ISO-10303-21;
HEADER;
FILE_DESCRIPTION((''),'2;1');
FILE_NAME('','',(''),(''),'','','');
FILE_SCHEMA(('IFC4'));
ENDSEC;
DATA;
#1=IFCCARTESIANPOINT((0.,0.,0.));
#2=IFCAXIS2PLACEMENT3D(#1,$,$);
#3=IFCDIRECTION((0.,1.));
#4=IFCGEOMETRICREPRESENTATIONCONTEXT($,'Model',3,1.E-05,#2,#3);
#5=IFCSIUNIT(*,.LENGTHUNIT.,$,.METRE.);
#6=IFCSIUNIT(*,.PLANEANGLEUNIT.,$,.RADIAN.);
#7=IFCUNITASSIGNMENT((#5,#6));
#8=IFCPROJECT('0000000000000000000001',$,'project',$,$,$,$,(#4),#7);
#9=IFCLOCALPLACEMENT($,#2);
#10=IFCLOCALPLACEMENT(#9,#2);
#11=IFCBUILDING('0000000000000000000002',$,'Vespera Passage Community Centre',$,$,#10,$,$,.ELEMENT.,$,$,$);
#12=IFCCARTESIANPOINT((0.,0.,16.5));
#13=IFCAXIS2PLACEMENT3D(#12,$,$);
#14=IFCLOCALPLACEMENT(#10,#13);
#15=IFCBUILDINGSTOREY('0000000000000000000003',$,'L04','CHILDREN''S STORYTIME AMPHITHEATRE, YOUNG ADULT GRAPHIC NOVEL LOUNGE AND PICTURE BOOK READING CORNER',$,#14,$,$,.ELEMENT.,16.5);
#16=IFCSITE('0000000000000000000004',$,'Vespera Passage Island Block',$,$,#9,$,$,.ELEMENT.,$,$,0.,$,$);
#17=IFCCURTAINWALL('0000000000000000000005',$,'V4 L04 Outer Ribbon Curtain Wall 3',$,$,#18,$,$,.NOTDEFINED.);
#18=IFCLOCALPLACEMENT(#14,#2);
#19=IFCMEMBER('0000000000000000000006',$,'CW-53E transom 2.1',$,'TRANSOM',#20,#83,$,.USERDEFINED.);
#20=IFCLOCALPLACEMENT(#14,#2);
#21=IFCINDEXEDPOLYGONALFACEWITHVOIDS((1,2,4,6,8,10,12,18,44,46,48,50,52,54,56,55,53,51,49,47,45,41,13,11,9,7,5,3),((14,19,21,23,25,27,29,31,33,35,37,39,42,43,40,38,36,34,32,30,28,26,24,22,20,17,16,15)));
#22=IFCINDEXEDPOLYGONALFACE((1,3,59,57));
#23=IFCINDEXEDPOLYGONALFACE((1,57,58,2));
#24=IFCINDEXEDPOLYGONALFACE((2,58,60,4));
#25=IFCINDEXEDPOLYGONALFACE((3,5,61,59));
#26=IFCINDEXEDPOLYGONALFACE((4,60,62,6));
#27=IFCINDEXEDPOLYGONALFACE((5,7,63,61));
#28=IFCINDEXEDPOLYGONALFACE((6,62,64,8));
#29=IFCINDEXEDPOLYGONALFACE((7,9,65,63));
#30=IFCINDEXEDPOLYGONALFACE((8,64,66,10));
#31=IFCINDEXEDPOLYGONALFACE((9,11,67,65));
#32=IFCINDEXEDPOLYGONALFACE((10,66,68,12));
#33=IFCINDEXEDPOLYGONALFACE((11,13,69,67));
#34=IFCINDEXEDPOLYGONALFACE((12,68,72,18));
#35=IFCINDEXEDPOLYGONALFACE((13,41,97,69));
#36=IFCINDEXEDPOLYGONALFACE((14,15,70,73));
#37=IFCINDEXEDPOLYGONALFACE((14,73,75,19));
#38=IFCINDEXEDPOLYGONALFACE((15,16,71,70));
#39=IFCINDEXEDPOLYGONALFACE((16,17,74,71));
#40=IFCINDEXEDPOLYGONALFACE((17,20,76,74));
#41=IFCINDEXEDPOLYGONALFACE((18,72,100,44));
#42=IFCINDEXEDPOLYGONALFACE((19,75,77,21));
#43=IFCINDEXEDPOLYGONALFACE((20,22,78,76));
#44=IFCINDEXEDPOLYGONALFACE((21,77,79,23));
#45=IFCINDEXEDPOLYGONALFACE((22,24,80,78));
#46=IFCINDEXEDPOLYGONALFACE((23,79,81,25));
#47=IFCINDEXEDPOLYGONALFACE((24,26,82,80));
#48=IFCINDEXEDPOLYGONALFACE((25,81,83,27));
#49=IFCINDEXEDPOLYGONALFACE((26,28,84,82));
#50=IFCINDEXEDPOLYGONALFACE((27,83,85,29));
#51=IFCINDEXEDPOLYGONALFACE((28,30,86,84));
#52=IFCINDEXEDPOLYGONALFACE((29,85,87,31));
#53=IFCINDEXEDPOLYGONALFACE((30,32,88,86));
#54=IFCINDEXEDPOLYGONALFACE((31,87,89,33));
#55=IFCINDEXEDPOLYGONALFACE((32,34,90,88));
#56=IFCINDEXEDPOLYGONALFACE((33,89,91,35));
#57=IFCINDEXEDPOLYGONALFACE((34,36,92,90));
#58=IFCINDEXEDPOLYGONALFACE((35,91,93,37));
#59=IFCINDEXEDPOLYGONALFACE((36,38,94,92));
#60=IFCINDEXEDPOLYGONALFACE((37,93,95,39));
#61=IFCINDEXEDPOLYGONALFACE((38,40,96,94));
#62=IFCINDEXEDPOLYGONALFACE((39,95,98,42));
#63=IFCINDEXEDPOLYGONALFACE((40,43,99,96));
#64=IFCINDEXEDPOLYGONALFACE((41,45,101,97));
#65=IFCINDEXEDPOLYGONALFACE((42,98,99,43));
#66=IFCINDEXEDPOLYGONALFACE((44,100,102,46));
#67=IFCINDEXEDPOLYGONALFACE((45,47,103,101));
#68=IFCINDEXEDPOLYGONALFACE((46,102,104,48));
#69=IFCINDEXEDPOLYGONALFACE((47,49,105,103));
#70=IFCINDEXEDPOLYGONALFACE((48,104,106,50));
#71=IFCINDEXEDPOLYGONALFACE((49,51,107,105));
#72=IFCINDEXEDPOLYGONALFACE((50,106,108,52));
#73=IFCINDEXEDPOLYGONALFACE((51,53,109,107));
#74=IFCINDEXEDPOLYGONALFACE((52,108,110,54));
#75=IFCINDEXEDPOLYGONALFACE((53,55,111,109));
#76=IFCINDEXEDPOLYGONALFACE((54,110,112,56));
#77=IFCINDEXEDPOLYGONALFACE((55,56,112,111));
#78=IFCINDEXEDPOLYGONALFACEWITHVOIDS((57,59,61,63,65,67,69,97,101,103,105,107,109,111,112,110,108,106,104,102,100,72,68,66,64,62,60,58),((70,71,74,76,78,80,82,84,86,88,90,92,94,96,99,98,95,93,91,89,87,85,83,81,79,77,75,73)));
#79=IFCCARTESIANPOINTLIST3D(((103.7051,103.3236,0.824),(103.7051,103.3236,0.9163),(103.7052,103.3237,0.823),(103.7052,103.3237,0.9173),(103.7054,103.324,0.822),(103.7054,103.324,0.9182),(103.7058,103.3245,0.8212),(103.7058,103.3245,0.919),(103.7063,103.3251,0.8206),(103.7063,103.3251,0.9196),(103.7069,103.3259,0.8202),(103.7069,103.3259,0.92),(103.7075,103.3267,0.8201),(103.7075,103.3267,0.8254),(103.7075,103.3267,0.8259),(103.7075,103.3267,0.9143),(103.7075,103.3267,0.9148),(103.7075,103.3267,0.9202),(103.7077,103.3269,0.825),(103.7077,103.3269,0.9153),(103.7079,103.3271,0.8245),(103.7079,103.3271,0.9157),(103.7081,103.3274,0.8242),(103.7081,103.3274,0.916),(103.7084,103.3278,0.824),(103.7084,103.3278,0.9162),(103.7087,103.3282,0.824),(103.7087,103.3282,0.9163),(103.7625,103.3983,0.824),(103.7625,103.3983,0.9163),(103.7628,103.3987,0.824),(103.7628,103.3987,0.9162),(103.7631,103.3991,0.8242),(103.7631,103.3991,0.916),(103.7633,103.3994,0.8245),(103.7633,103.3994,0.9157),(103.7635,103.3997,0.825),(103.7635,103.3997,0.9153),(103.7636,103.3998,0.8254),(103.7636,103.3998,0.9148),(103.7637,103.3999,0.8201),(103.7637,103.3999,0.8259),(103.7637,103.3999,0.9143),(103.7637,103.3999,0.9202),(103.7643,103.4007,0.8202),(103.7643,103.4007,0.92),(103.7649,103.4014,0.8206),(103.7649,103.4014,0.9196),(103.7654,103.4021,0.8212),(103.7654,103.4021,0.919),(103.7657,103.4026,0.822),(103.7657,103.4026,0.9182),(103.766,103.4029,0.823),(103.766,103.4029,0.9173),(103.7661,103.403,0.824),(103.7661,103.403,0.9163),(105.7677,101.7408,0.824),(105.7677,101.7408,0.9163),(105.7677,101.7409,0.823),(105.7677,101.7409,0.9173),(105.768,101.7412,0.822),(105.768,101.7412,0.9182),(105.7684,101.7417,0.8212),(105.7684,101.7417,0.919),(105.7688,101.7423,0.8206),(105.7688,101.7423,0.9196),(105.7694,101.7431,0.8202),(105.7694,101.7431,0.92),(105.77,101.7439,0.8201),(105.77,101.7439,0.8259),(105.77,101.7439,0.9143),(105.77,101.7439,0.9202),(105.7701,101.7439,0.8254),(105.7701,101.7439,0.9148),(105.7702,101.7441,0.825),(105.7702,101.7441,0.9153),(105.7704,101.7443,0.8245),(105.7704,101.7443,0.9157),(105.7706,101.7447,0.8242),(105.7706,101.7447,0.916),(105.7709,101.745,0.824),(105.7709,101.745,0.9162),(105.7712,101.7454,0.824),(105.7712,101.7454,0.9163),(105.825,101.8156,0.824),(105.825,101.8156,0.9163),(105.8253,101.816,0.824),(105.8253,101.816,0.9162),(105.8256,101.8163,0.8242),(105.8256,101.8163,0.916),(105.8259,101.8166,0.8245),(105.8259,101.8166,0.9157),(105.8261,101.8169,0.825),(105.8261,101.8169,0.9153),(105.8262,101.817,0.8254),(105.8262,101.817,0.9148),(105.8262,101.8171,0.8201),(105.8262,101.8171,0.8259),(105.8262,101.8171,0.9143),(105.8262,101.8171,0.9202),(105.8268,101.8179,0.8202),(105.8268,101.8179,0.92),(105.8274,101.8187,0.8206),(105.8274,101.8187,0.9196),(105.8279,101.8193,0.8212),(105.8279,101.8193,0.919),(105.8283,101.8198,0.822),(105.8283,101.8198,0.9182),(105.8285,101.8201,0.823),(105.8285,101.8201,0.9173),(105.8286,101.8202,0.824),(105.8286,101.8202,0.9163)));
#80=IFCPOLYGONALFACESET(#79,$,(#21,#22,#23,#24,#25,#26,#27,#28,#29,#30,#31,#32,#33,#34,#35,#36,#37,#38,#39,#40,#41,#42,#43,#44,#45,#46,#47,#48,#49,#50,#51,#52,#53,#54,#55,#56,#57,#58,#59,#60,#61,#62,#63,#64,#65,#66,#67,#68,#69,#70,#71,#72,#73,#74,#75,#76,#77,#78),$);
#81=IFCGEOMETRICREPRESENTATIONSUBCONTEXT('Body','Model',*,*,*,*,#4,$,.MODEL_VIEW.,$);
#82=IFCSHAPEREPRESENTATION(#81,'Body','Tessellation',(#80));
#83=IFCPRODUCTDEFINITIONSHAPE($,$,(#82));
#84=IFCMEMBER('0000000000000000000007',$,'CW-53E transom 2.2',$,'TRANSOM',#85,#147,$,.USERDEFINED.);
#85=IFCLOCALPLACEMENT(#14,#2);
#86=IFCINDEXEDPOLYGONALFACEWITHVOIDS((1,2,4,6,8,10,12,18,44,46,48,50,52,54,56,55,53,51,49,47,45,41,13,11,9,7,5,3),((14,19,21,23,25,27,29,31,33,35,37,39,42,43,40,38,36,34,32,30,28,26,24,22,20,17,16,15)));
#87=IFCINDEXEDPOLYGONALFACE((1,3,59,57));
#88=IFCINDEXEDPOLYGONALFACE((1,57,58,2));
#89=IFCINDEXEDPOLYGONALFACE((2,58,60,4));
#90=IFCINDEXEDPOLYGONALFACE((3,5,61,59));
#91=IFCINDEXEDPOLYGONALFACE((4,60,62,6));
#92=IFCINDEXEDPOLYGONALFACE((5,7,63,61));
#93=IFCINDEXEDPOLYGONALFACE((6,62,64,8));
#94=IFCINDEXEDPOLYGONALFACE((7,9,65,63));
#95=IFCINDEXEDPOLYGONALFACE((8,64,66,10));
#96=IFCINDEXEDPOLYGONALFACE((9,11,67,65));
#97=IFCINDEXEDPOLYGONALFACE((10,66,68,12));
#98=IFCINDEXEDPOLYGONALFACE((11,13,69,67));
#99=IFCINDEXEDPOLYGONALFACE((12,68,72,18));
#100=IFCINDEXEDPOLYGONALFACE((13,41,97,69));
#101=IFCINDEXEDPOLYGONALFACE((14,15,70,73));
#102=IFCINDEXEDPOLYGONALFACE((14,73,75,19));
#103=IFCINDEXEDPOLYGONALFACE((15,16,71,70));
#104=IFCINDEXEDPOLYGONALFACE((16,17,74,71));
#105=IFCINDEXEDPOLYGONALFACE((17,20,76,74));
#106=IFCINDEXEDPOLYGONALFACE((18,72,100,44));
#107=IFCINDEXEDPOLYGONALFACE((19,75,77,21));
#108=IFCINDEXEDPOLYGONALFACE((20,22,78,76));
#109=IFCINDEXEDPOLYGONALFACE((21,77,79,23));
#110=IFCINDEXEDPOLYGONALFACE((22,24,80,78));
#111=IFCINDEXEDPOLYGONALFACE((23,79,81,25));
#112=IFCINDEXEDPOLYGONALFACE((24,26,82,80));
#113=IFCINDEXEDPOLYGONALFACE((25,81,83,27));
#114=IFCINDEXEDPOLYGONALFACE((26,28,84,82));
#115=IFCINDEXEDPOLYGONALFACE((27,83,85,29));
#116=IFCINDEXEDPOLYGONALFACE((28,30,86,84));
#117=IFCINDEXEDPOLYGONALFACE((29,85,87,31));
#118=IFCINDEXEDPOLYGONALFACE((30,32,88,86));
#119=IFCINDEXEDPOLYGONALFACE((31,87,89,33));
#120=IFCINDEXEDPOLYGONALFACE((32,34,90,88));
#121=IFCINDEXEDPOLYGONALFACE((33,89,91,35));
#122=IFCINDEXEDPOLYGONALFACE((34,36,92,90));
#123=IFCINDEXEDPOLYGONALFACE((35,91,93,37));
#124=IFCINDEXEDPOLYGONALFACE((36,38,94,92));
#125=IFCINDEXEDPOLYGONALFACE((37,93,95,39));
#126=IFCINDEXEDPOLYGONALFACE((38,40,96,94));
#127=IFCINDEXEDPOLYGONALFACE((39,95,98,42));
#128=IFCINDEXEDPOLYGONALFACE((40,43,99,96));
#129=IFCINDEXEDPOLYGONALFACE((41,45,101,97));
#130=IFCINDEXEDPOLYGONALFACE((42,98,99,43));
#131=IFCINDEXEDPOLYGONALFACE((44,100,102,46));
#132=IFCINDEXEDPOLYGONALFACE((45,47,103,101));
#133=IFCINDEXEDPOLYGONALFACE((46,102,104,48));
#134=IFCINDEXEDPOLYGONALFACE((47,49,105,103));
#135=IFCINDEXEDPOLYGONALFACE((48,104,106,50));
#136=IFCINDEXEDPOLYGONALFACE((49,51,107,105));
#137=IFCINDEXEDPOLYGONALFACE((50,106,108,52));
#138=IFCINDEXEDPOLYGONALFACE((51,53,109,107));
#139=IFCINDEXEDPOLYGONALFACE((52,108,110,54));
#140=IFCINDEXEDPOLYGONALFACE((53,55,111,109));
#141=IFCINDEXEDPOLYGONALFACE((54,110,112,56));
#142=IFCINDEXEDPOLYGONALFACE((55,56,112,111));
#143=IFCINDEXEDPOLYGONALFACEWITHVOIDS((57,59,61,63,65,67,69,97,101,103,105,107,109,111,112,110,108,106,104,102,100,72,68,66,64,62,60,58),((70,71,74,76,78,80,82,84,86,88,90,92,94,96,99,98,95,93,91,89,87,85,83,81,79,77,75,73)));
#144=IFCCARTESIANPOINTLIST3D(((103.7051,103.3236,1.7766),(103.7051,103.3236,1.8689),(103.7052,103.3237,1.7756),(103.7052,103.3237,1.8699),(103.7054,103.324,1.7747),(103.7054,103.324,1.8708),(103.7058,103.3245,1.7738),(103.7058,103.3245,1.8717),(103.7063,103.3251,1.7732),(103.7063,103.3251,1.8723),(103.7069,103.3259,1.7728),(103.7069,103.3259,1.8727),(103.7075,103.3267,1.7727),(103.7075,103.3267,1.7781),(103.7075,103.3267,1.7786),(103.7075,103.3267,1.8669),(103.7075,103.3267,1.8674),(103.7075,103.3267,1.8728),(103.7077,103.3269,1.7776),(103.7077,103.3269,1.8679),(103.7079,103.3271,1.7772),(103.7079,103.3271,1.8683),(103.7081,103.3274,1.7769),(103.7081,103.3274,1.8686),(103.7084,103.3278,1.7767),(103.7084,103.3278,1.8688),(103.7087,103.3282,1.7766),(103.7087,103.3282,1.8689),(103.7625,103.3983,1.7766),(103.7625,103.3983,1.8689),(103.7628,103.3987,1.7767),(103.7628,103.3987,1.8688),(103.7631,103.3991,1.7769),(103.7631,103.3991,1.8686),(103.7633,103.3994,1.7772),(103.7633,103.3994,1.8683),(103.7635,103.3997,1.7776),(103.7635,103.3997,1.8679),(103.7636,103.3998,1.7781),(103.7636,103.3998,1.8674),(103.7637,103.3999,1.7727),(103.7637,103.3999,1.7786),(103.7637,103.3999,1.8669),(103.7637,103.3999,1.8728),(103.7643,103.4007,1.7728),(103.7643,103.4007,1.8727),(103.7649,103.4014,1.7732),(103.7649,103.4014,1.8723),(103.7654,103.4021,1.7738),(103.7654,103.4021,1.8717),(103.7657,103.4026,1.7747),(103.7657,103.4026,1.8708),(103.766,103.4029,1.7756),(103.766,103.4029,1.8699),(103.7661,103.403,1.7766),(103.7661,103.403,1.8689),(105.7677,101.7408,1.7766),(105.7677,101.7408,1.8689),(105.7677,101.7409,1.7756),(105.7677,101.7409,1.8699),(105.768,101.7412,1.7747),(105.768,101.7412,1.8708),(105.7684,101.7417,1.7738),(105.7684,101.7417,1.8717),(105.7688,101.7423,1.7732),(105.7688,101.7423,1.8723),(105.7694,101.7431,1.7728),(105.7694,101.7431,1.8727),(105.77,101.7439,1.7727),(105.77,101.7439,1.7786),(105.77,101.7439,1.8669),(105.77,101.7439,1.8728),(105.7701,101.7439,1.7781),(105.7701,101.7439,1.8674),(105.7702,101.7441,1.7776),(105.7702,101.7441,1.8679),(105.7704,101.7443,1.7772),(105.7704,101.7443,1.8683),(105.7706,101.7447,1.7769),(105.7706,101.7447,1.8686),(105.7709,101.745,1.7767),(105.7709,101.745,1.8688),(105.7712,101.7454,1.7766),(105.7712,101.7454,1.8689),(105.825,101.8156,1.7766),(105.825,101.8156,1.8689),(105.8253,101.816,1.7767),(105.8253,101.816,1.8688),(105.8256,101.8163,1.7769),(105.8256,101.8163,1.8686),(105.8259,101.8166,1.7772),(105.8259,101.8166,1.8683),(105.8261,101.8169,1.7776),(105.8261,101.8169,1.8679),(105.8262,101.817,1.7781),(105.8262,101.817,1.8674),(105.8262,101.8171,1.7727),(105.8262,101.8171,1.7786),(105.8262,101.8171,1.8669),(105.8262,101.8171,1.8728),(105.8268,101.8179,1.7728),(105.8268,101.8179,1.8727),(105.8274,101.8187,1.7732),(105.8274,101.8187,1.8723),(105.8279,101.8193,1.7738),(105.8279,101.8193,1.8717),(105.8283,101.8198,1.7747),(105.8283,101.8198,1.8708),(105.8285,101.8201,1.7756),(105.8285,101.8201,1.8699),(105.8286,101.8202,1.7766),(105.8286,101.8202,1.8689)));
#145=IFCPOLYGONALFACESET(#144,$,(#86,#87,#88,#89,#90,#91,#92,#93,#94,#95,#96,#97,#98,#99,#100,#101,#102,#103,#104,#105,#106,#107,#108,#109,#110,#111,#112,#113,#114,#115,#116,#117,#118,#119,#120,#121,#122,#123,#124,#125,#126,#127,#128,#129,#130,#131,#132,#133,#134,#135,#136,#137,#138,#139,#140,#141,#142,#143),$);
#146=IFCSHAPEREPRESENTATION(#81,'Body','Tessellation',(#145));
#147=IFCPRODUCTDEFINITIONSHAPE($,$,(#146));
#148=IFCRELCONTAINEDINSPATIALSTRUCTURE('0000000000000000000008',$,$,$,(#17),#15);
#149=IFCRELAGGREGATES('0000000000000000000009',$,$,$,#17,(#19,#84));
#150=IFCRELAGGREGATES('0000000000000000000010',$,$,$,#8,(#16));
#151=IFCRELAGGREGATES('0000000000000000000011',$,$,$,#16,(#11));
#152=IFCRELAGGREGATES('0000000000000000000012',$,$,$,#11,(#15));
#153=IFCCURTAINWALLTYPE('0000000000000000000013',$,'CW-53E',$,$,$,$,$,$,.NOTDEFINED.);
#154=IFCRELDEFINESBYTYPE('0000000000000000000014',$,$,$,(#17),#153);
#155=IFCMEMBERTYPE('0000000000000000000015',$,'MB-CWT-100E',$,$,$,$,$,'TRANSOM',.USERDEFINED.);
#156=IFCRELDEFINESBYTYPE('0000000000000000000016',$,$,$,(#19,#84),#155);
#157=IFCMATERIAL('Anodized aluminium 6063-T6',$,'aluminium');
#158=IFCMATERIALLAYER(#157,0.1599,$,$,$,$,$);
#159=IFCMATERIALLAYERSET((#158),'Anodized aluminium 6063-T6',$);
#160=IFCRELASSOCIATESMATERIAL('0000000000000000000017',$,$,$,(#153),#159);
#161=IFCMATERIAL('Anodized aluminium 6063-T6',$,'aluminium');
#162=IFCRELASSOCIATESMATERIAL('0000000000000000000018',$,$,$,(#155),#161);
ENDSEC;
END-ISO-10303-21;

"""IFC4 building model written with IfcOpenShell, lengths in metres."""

from ifc_helpers import new_model, si_unit, direction, frame, origin, origin_2d, place, context, subcontext, project, spatial, hollow_rectangle, extrude, material, layer, layer_set, material_profile, profile_set, type_object, element, aggregate, save


model = new_model("IFC4")

# Units and contexts
model_context = context("Model", 3, precision=1e-05, world=origin(), true_north=direction((0.0, 1.0)))
body_context = subcontext(model_context, "Body", "Model", "MODEL_VIEW")
ifc_project = project(units=[si_unit("LENGTHUNIT", "METRE"), si_unit("PLANEANGLEUNIT", "RADIAN")], contexts=[model_context])

# Site, building, storey
site_placement = place(None, origin())
site = spatial("IfcSite", under=ifc_project, at=site_placement, Name="Vespera Passage Island Block", CompositionType="ELEMENT", RefElevation=0.0)
building_placement = place(site_placement, origin())
building = spatial("IfcBuilding", under=site, at=building_placement, Name="Vespera Passage Community Centre", CompositionType="ELEMENT")
storey_placement = place(building_placement, frame((0.0, 0.0, 16.5)))
storey = spatial("IfcBuildingStorey", under=building, at=storey_placement, Name="L04", Description="CHILDREN'S STORYTIME AMPHITHEATRE, YOUNG ADULT GRAPHIC NOVEL LOUNGE AND PICTURE BOOK READING CORNER", CompositionType="ELEMENT", Elevation=16.5)

# Curtain wall, members
ifc_material_1 = material(Name="Anodized aluminium 6063-T6", Category="aluminium")
ifc_layer_1 = layer(ifc_material_1, 0.1599)
ifc_layer_set_1 = layer_set([ifc_layer_1], Name="Anodized aluminium 6063-T6")
curtain_wall_type = type_object("IfcCurtainWallType", Name="CW-53E", PredefinedType="NOTDEFINED", material=ifc_layer_set_1)
curtain_wall_placement = place(storey_placement, origin())
curtain_wall = element("IfcCurtainWall", 1, at=curtain_wall_placement, inside=storey, type_object=curtain_wall_type, Name="V4 L04 Outer Ribbon Curtain Wall 3", PredefinedType="NOTDEFINED")
ifc_material_2 = material(Name="Anodized aluminium 6063-T6", Category="aluminium")
ifc_material_profile_1 = material_profile(ifc_material_2, hollow_rectangle(XDim=0.1001, YDim=0.1001, WallThickness=0.0039, InnerFilletRadius=0.002, OuterFilletRadius=0.0039, at=origin_2d()), Name="ALU100X100X4")
ifc_profile_set_1 = profile_set([ifc_material_profile_1], Name="Anodized aluminium 6063-T6")
member_type_1 = type_object("IfcMemberType", Name="MB-CWT-100E", ElementType="TRANSOM", PredefinedType="USERDEFINED", material=ifc_profile_set_1)
member_1_placement = place(storey_placement, frame((103.7356, 103.3633, 0.8701), z_axis=(0.793325, -0.608798, 0.0), x_axis=(0.608798, 0.793325, 0.0)))
member_1 = element("IfcMember", 2, at=member_1_placement, type_object=member_type_1, Name="CW-53E transom 2.1", ObjectType="TRANSOM", PredefinedType="USERDEFINED", context=body_context, shape_type="SweptSolid", body=[
    extrude(hollow_rectangle(XDim=0.1001, YDim=0.1001, WallThickness=0.0039, InnerFilletRadius=0.002, OuterFilletRadius=0.0039, at=origin_2d()), origin(), (0.0, 0.0, 1.0), 2.5999),
])
member_2_placement = place(storey_placement, frame((103.7356, 103.3633, 1.8228), z_axis=(0.793325, -0.608798, 0.0), x_axis=(0.608798, 0.793325, 0.0)))
member_2 = element("IfcMember", 3, at=member_2_placement, type_object=member_type_1, Name="CW-53E transom 2.2", ObjectType="TRANSOM", PredefinedType="USERDEFINED", context=body_context, shape_type="SweptSolid", body=[
    extrude(hollow_rectangle(XDim=0.1001, YDim=0.1001, WallThickness=0.0039, InnerFilletRadius=0.002, OuterFilletRadius=0.0039, at=origin_2d()), origin(), (0.0, 0.0, 1.0), 2.5999),
])
aggregate(curtain_wall, [member_1, member_2])

save(model, "model.ifc")
